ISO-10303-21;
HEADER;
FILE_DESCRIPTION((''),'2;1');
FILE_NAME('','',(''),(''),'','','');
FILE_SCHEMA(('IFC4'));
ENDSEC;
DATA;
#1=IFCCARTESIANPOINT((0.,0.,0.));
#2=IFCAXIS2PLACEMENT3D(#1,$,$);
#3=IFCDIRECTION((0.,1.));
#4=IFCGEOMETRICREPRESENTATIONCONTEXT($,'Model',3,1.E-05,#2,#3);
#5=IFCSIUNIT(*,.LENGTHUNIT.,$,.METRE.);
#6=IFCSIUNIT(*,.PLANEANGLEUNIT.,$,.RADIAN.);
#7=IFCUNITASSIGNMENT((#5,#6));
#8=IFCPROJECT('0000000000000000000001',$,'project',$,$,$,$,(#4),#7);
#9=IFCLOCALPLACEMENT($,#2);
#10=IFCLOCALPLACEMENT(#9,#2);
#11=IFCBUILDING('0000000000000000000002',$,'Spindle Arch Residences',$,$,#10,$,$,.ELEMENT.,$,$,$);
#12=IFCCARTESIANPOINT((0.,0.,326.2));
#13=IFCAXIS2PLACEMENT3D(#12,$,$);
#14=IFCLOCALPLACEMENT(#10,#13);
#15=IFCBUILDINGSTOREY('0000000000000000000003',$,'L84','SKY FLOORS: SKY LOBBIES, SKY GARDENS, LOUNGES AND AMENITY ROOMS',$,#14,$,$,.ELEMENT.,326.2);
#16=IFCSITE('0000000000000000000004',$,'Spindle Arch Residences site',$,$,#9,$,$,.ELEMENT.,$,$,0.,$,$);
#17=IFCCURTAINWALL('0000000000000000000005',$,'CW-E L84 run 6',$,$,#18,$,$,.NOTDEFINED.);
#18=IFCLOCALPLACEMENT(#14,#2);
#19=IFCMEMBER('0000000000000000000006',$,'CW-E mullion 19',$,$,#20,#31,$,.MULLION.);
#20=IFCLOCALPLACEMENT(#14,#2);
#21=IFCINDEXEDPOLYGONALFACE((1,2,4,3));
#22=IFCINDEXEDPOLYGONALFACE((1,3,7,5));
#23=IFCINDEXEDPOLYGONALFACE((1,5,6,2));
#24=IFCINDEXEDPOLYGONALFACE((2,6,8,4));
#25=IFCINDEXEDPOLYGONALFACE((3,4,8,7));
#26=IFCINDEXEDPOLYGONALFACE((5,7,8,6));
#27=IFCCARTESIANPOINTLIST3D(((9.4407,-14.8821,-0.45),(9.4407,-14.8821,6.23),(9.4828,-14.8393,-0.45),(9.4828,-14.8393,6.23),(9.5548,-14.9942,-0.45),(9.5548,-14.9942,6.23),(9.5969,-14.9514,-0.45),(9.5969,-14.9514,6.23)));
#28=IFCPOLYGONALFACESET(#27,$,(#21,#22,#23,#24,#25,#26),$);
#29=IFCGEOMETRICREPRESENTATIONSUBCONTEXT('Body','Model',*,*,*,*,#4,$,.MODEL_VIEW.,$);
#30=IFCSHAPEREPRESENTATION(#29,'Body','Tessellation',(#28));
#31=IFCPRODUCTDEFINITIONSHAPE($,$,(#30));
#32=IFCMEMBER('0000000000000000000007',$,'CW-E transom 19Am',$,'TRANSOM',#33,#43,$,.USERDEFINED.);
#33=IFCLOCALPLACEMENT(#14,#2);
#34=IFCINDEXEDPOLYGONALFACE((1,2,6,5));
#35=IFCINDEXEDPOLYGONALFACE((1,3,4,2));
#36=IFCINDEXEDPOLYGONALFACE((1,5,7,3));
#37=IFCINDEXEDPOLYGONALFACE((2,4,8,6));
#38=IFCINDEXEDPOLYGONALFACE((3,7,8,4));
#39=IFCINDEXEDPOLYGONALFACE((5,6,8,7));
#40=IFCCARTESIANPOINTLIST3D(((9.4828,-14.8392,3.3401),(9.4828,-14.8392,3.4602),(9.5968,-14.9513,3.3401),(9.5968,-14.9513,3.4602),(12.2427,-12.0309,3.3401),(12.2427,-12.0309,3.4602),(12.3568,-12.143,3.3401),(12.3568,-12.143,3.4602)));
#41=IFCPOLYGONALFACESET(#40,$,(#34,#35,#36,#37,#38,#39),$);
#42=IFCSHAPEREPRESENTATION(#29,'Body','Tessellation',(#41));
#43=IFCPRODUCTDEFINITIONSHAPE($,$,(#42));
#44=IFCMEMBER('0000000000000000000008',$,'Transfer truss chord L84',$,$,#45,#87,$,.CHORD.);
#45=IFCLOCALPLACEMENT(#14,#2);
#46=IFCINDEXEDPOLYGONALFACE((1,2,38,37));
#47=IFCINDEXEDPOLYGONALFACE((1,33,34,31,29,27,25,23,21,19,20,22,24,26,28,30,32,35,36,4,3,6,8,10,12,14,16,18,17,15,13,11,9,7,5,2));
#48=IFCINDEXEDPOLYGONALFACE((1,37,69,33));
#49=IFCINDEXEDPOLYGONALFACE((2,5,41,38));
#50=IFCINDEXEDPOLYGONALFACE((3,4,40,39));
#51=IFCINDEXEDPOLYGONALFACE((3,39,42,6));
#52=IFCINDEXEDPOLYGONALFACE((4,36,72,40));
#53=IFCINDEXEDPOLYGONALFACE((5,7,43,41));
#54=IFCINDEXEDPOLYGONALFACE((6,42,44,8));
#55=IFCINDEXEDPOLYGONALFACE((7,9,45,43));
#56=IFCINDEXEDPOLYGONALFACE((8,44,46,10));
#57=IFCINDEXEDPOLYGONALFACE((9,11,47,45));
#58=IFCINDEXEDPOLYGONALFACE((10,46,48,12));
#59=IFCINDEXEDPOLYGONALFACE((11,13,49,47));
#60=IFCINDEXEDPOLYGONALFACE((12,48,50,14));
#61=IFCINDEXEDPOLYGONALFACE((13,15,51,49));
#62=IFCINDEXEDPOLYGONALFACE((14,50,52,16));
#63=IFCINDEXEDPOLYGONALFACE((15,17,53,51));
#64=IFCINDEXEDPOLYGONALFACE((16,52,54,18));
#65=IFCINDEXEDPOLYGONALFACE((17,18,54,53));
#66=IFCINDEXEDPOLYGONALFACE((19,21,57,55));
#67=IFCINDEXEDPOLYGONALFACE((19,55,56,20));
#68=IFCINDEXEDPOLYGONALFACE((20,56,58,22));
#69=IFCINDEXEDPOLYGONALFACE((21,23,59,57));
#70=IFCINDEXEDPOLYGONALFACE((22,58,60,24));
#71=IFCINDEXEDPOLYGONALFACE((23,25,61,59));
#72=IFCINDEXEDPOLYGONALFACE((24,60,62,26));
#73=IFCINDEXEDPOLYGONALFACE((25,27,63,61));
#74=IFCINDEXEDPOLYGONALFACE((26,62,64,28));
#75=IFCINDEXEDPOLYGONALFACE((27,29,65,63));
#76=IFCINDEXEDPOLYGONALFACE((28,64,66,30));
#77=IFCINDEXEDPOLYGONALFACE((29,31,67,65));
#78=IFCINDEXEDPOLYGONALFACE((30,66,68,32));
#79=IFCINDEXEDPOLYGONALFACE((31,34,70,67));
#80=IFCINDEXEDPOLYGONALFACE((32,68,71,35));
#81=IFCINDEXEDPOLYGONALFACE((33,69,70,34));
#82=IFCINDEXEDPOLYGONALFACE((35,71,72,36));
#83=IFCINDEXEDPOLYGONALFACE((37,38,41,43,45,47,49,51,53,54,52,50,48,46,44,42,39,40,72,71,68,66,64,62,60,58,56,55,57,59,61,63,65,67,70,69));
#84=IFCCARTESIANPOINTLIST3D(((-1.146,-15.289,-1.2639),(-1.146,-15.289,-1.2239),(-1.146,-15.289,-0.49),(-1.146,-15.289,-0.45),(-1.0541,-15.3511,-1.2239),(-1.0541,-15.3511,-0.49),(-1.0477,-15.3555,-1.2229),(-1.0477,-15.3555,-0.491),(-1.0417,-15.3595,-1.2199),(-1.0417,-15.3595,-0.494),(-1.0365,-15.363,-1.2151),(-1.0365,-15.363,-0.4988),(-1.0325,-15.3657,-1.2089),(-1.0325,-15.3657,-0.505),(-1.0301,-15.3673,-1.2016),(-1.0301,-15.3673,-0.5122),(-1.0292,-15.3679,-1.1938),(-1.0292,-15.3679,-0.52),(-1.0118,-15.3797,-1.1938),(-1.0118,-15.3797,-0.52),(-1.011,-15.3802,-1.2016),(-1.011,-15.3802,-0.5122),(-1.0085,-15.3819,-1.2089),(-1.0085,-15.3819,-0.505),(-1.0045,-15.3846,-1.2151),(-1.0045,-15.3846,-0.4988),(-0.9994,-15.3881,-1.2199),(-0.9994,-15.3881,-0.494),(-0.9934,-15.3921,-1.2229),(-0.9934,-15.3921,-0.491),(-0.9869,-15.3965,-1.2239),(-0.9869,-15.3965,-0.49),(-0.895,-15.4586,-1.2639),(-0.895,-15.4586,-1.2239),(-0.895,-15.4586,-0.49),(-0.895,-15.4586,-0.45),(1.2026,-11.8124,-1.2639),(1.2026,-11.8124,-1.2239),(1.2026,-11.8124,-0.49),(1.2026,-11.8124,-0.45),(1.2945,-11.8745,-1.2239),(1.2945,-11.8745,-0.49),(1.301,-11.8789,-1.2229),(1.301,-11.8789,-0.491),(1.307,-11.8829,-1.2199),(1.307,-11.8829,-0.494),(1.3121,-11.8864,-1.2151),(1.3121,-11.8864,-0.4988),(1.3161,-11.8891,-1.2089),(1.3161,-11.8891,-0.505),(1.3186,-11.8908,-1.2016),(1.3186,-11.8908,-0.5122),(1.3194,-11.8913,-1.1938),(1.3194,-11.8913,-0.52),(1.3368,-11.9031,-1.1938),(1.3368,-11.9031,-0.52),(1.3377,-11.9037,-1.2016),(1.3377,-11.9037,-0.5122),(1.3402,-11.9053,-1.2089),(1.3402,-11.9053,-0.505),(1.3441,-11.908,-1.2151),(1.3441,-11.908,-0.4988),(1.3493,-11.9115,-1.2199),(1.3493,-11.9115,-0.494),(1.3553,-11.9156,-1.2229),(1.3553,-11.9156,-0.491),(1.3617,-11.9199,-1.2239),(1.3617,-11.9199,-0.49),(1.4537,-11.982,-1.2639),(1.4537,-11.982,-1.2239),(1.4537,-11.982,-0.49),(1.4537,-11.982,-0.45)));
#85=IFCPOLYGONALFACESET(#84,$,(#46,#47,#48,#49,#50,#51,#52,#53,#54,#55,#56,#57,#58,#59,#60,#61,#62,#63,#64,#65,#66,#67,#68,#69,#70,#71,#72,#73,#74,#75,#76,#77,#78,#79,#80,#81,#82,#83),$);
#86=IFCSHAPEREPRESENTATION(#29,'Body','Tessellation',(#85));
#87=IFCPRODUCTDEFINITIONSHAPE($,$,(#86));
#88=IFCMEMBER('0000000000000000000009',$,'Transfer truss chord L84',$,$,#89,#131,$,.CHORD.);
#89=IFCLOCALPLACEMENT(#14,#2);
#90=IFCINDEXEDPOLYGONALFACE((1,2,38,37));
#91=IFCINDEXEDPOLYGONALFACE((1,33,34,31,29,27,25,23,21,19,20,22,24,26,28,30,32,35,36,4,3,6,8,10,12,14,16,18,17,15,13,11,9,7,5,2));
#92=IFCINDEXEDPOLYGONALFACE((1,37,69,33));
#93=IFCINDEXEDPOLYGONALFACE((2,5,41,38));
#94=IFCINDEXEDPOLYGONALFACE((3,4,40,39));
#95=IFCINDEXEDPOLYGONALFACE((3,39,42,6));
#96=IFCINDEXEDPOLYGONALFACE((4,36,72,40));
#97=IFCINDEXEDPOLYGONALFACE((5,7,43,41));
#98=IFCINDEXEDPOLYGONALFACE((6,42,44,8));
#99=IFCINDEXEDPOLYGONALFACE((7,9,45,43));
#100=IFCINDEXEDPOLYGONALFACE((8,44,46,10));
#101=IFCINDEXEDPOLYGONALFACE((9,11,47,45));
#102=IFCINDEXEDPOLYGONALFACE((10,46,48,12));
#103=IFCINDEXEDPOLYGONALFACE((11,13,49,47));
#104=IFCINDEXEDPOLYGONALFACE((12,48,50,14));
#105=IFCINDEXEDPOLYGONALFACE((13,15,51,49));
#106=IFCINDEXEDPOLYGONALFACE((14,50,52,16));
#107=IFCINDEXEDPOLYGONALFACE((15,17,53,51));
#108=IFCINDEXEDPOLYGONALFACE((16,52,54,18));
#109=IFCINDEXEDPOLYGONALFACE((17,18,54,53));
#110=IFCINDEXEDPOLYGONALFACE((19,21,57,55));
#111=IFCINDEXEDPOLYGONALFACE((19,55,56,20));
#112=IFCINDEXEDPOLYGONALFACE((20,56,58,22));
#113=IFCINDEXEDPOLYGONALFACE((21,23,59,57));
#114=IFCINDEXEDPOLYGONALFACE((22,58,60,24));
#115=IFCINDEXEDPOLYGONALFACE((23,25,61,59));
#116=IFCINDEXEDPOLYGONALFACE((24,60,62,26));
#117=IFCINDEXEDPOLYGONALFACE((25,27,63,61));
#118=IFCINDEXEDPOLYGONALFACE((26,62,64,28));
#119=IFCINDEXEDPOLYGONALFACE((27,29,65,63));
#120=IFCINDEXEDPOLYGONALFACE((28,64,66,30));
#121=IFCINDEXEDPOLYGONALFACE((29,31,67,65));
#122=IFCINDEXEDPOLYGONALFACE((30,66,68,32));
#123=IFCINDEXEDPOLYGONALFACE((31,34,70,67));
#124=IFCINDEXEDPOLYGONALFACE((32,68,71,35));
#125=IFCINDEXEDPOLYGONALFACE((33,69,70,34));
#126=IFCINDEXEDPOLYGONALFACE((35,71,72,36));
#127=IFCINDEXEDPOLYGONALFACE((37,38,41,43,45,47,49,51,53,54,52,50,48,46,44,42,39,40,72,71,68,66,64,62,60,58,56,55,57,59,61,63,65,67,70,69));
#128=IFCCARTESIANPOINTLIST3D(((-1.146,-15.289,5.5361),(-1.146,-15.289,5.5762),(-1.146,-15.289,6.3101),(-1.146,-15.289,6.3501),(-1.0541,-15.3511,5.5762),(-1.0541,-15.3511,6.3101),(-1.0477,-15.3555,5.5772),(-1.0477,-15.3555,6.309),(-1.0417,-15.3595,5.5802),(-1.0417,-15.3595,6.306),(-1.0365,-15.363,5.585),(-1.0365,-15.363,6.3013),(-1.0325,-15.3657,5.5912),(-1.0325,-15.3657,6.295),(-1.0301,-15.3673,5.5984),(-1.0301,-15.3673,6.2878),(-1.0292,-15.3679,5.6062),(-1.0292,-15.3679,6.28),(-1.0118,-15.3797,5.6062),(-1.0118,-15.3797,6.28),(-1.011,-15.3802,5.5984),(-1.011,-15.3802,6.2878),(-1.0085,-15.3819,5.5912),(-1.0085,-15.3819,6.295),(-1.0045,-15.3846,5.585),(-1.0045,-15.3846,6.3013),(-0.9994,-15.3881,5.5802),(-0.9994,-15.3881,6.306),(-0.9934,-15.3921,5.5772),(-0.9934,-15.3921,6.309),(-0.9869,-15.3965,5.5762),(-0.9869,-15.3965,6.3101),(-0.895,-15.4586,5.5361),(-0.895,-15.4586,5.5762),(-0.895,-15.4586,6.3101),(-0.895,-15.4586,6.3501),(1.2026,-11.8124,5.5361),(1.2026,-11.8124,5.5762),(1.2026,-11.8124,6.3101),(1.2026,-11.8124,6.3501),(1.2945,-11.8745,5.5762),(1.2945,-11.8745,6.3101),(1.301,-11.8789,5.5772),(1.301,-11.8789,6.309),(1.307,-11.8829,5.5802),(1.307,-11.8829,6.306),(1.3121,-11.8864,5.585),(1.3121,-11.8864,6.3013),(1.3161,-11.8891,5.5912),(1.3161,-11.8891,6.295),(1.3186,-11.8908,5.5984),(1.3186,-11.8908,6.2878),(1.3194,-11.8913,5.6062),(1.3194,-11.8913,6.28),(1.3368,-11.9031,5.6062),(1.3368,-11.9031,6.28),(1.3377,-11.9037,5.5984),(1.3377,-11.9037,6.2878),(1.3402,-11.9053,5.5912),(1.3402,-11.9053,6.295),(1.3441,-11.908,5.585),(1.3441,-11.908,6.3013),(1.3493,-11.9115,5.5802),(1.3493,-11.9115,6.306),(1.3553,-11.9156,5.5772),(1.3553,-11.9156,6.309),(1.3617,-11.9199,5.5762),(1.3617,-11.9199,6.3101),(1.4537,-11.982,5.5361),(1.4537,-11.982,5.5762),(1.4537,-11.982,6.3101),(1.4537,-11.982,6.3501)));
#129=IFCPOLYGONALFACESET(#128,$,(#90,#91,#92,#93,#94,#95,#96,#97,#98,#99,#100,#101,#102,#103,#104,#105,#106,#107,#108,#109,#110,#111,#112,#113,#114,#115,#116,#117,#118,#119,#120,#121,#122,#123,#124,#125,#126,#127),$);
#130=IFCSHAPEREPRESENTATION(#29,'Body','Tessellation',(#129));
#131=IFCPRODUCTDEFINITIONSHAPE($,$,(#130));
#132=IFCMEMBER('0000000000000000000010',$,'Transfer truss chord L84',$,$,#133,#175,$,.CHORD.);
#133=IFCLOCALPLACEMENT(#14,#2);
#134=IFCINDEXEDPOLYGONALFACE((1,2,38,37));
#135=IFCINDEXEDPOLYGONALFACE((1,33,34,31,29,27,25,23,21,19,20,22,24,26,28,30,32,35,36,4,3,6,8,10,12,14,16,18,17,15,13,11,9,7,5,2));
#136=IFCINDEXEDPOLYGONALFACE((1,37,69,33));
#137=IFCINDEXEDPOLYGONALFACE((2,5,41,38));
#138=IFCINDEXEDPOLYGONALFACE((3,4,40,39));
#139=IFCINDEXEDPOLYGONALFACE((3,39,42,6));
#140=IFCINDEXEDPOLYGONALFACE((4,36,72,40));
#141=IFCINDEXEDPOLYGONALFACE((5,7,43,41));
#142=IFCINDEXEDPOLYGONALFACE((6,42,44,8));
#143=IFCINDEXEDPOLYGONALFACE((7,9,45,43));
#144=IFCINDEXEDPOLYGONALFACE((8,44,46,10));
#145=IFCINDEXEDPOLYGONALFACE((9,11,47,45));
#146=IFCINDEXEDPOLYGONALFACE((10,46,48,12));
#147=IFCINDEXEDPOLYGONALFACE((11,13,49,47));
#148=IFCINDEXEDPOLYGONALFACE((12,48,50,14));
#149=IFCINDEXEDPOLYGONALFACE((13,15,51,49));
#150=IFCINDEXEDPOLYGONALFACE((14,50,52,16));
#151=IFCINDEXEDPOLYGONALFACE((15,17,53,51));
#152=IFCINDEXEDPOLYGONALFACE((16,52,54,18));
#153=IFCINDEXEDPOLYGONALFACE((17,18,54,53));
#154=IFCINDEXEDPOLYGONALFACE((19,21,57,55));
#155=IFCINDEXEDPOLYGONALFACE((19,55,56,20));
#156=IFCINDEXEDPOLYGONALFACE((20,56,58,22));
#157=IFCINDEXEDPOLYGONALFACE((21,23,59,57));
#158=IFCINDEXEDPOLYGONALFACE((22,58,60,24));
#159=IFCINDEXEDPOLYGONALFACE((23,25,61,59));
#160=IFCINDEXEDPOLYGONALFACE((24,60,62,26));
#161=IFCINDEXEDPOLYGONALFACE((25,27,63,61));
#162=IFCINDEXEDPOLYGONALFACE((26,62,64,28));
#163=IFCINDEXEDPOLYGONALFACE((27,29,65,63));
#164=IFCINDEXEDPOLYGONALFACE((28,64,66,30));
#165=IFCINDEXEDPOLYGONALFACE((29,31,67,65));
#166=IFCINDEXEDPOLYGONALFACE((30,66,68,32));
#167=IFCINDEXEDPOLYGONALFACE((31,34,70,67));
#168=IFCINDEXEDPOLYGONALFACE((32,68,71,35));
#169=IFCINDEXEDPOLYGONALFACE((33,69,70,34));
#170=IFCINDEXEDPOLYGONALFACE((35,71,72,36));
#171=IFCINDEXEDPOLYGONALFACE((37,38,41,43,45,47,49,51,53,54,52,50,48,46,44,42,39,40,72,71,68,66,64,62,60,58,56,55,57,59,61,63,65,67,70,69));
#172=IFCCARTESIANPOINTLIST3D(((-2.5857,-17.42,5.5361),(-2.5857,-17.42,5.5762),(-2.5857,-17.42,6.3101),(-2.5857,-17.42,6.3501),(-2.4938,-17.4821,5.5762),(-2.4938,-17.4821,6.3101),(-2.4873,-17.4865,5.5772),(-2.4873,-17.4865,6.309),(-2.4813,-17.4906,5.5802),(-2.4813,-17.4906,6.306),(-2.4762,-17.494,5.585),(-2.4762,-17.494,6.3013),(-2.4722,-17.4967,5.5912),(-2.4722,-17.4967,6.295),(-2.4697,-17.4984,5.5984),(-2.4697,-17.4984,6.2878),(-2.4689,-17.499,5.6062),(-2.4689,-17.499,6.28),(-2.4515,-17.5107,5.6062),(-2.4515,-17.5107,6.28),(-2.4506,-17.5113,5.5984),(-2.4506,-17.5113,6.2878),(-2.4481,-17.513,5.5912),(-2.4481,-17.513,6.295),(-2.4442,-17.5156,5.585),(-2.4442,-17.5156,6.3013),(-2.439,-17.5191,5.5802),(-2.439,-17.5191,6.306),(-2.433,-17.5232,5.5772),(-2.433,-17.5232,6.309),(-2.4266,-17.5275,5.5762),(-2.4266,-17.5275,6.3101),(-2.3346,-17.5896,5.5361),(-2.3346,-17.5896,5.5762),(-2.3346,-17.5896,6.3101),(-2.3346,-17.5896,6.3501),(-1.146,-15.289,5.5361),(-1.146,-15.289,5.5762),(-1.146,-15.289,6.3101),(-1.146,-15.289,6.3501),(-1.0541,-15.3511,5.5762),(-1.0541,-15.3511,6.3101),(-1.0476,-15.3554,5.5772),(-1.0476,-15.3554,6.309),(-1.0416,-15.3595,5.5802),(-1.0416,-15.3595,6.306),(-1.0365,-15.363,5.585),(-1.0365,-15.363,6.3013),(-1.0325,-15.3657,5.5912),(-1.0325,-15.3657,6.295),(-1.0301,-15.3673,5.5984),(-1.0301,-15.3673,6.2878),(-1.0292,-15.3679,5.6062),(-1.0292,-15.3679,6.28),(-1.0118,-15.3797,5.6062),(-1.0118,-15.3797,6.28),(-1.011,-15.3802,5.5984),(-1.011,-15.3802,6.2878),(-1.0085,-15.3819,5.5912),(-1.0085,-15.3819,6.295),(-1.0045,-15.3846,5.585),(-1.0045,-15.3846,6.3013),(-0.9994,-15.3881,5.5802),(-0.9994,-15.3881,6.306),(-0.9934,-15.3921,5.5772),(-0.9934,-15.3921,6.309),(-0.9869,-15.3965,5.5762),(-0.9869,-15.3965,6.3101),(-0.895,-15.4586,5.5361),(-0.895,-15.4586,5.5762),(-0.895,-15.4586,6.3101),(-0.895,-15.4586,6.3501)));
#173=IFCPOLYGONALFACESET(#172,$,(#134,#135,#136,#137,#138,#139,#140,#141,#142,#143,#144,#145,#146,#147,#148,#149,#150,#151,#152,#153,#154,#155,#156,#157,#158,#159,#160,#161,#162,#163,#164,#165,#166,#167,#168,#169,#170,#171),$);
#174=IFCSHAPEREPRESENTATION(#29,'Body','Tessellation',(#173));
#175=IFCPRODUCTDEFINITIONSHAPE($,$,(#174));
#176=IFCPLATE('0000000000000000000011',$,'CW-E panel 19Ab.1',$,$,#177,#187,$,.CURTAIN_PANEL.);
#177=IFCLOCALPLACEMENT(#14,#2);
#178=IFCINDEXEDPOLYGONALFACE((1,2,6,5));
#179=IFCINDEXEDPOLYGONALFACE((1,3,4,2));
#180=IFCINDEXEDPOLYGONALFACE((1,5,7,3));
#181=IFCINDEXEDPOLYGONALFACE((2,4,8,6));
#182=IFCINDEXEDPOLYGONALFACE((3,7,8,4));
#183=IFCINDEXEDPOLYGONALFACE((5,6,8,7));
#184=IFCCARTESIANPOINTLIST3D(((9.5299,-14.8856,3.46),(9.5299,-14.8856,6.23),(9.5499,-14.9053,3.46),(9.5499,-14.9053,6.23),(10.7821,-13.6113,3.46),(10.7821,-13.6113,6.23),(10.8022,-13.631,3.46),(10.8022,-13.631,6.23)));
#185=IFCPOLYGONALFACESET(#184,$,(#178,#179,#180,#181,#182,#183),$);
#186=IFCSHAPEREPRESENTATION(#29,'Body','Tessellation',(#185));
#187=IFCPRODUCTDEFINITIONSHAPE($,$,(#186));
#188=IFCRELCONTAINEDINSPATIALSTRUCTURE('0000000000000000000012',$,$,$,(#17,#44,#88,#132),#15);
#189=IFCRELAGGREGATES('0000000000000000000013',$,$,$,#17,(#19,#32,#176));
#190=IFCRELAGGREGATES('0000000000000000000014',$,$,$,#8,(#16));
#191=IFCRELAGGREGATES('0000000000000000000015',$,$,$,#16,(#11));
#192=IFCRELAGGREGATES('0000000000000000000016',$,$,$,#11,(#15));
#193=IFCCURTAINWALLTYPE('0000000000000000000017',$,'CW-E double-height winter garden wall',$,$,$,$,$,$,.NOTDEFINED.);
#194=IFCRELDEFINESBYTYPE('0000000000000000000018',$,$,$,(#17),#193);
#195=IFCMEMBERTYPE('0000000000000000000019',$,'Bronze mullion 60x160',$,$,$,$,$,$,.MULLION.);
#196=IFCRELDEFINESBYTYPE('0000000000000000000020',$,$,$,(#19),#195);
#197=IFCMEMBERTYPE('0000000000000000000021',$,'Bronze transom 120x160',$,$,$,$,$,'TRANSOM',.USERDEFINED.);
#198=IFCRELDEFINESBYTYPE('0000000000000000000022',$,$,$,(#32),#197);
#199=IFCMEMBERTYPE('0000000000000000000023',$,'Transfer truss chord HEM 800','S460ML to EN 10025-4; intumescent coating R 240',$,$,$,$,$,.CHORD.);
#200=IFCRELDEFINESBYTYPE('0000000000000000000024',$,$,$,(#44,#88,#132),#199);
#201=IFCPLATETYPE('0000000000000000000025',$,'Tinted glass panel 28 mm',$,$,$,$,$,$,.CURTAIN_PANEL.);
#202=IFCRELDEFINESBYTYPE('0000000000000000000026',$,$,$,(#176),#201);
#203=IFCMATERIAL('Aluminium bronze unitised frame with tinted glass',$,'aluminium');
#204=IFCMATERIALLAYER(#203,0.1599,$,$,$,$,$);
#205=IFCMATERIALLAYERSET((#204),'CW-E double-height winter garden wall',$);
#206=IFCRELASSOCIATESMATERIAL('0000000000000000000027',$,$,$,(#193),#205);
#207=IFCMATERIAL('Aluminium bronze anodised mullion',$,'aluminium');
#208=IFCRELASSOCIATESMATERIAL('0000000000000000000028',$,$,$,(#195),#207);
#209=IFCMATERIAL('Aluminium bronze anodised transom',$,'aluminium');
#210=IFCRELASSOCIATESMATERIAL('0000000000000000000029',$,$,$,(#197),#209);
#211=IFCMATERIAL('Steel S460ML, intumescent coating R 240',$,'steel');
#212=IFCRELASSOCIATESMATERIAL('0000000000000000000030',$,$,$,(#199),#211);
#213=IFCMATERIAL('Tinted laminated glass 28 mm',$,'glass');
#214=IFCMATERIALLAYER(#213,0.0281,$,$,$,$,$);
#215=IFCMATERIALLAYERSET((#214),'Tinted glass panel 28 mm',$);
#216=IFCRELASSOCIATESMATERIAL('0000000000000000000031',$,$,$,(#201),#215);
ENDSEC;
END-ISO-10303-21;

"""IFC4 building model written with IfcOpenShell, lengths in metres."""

from ifc_helpers import new_model, si_unit, direction, frame, origin, origin_2d, place, context, subcontext, project, spatial, rectangle, i_section, extrude, material, layer, layer_set, material_profile, profile_set, type_object, element, aggregate, save


model = new_model("IFC4")

# Units and contexts
model_context = context("Model", 3, precision=1e-05, world=origin(), true_north=direction((0.0, 1.0)))
body_context = subcontext(model_context, "Body", "Model", "MODEL_VIEW")
ifc_project = project(units=[si_unit("LENGTHUNIT", "METRE"), si_unit("PLANEANGLEUNIT", "RADIAN")], contexts=[model_context])

# Site, building, storey
site_placement = place(None, origin())
site = spatial("IfcSite", under=ifc_project, at=site_placement, Name="Spindle Arch Residences site", CompositionType="ELEMENT", RefElevation=0.0)
building_placement = place(site_placement, origin())
building = spatial("IfcBuilding", under=site, at=building_placement, Name="Spindle Arch Residences", CompositionType="ELEMENT")
storey_placement = place(building_placement, frame((0.0, 0.0, 326.2)))
storey = spatial("IfcBuildingStorey", under=building, at=storey_placement, Name="L84", Description="SKY FLOORS: SKY LOBBIES, SKY GARDENS, LOUNGES AND AMENITY ROOMS", CompositionType="ELEMENT", Elevation=326.2)

# Curtain wall, members
ifc_material_1 = material(Name="Aluminium bronze unitised frame with tinted glass", Category="aluminium")
ifc_layer_1 = layer(ifc_material_1, 0.1599)
ifc_layer_set_1 = layer_set([ifc_layer_1], Name="CW-E double-height winter garden wall")
curtain_wall_type = type_object("IfcCurtainWallType", Name="CW-E double-height winter garden wall", PredefinedType="NOTDEFINED", material=ifc_layer_set_1)
curtain_wall_placement = place(storey_placement, origin())
curtain_wall = element("IfcCurtainWall", 1, at=curtain_wall_placement, inside=storey, type_object=curtain_wall_type, Name="CW-E L84 run 6", PredefinedType="NOTDEFINED")
ifc_material_2 = material(Name="Aluminium bronze anodised mullion", Category="aluminium")
ifc_material_profile_1 = material_profile(ifc_material_2, rectangle(XDim=0.1599, YDim=0.0601, at=origin_2d()), Name="MU 60x160")
ifc_profile_set_1 = profile_set([ifc_material_profile_1], Name="Aluminium bronze anodised mullion")
member_type_1 = type_object("IfcMemberType", Name="Bronze mullion 60x160", PredefinedType="MULLION", material=ifc_profile_set_1)
member_1_placement = place(storey_placement, frame((9.5188, -14.9167, -0.45), z_axis=(0.0, 0.0, 1.0), x_axis=(-0.71325, 0.700909, 0.0)))
member_1 = element("IfcMember", 2, at=member_1_placement, type_object=member_type_1, Name="CW-E mullion 19", PredefinedType="MULLION", context=body_context, shape_type="SweptSolid", body=[
    extrude(rectangle(XDim=0.1599, YDim=0.0601, at=origin_2d()), origin(), (0.0, 0.0, 1.0), 6.6799),
])
ifc_material_3 = material(Name="Aluminium bronze anodised transom", Category="aluminium")
ifc_material_profile_2 = material_profile(ifc_material_3, rectangle(XDim=0.1599, YDim=0.1201, at=origin_2d()), Name="TR 120x160")
ifc_profile_set_2 = profile_set([ifc_material_profile_2], Name="Aluminium bronze anodised transom")
member_type_2 = type_object("IfcMemberType", Name="Bronze transom 120x160", ElementType="TRANSOM", PredefinedType="USERDEFINED", material=ifc_profile_set_2)
member_2_placement = place(storey_placement, frame((9.5398, -14.8953, 3.4001), z_axis=(0.700942, 0.713218, 0.0), x_axis=(-0.713218, 0.700942, 0.0)))
member_2 = element("IfcMember", 3, at=member_2_placement, type_object=member_type_2, Name="CW-E transom 19Am", ObjectType="TRANSOM", PredefinedType="USERDEFINED", context=body_context, shape_type="SweptSolid", body=[
    extrude(rectangle(XDim=0.1599, YDim=0.1201, at=origin_2d()), origin(), (0.0, 0.0, 1.0), 3.9375),
])

# Members
ifc_material_4 = material(Name="Steel S460ML, intumescent coating R 240", Category="steel")
ifc_material_profile_3 = material_profile(ifc_material_4, i_section(OverallWidth=0.303, OverallDepth=0.814, WebThickness=0.021, FlangeThickness=0.04, FilletRadius=0.03, at=origin_2d()), Name="HEM 800")
ifc_profile_set_3 = profile_set([ifc_material_profile_3], Name="Steel S460ML, intumescent coating R 240")
member_type_3 = type_object("IfcMemberType", Name="Transfer truss chord HEM 800", Description="S460ML to EN 10025-4; intumescent coating R 240", PredefinedType="CHORD", material=ifc_profile_set_3)
for number, where, z_axis, x_axis, name in (
    (4, (1.3281, -11.8972, -0.8569), (-0.559793, -0.828633, 0.0), (0.828633, -0.559793, 0.0), "Transfer truss chord L84"),
    (5, (1.3281, -11.8972, 5.9431), (-0.559793, -0.828633, 0.0), (0.828633, -0.559793, 0.0), "Transfer truss chord L84"),
):
    element("IfcMember", number, at=place(storey_placement, frame(where, z_axis=z_axis, x_axis=x_axis)), inside=storey, type_object=member_type_3, Name=name, PredefinedType="CHORD", context=body_context, shape_type="SweptSolid", body=[
        extrude(i_section(OverallWidth=0.303, OverallDepth=0.814, WebThickness=0.021, FlangeThickness=0.04, FilletRadius=0.03, at=origin_2d()), origin(), (0.0, 0.0, 1.0), 4.1956),
    ])
member_3_placement = place(storey_placement, frame((-1.0205, -15.3738, 5.9431), z_axis=(-0.559794, -0.828632, 0.0), x_axis=(0.828632, -0.559794, 0.0)))
element("IfcMember", 6, at=member_3_placement, inside=storey, type_object=member_type_3, Name="Transfer truss chord L84", PredefinedType="CHORD", context=body_context, shape_type="SweptSolid", body=[
    extrude(i_section(OverallWidth=0.303, OverallDepth=0.814, WebThickness=0.021, FlangeThickness=0.04, FilletRadius=0.03, at=origin_2d()), origin(), (0.0, 0.0, 1.0), 2.5718),
])

# Plate
ifc_material_5 = material(Name="Tinted laminated glass 28 mm", Category="glass")
ifc_layer_2 = layer(ifc_material_5, 0.0281)
ifc_layer_set_2 = layer_set([ifc_layer_2], Name="Tinted glass panel 28 mm")
plate_type_1 = type_object("IfcPlateType", Name="Tinted glass panel 28 mm", PredefinedType="CURTAIN_PANEL", material=ifc_layer_set_2)
plate_1_placement = place(storey_placement, frame((10.166, -14.2583, 3.46), z_axis=(0.0, 0.0, 1.0), x_axis=(0.700909, 0.71325, 0.0)))
plate_1 = element("IfcPlate", 7, at=plate_1_placement, type_object=plate_type_1, Name="CW-E panel 19Ab.1", PredefinedType="CURTAIN_PANEL", context=body_context, shape_type="SweptSolid", body=[
    extrude(rectangle(XDim=1.7866, YDim=0.0281, at=origin_2d()), origin(), (0.0, 0.0, 1.0), 2.77),
])
aggregate(curtain_wall, [member_1, member_2, plate_1])

save(model, "model.ifc")
